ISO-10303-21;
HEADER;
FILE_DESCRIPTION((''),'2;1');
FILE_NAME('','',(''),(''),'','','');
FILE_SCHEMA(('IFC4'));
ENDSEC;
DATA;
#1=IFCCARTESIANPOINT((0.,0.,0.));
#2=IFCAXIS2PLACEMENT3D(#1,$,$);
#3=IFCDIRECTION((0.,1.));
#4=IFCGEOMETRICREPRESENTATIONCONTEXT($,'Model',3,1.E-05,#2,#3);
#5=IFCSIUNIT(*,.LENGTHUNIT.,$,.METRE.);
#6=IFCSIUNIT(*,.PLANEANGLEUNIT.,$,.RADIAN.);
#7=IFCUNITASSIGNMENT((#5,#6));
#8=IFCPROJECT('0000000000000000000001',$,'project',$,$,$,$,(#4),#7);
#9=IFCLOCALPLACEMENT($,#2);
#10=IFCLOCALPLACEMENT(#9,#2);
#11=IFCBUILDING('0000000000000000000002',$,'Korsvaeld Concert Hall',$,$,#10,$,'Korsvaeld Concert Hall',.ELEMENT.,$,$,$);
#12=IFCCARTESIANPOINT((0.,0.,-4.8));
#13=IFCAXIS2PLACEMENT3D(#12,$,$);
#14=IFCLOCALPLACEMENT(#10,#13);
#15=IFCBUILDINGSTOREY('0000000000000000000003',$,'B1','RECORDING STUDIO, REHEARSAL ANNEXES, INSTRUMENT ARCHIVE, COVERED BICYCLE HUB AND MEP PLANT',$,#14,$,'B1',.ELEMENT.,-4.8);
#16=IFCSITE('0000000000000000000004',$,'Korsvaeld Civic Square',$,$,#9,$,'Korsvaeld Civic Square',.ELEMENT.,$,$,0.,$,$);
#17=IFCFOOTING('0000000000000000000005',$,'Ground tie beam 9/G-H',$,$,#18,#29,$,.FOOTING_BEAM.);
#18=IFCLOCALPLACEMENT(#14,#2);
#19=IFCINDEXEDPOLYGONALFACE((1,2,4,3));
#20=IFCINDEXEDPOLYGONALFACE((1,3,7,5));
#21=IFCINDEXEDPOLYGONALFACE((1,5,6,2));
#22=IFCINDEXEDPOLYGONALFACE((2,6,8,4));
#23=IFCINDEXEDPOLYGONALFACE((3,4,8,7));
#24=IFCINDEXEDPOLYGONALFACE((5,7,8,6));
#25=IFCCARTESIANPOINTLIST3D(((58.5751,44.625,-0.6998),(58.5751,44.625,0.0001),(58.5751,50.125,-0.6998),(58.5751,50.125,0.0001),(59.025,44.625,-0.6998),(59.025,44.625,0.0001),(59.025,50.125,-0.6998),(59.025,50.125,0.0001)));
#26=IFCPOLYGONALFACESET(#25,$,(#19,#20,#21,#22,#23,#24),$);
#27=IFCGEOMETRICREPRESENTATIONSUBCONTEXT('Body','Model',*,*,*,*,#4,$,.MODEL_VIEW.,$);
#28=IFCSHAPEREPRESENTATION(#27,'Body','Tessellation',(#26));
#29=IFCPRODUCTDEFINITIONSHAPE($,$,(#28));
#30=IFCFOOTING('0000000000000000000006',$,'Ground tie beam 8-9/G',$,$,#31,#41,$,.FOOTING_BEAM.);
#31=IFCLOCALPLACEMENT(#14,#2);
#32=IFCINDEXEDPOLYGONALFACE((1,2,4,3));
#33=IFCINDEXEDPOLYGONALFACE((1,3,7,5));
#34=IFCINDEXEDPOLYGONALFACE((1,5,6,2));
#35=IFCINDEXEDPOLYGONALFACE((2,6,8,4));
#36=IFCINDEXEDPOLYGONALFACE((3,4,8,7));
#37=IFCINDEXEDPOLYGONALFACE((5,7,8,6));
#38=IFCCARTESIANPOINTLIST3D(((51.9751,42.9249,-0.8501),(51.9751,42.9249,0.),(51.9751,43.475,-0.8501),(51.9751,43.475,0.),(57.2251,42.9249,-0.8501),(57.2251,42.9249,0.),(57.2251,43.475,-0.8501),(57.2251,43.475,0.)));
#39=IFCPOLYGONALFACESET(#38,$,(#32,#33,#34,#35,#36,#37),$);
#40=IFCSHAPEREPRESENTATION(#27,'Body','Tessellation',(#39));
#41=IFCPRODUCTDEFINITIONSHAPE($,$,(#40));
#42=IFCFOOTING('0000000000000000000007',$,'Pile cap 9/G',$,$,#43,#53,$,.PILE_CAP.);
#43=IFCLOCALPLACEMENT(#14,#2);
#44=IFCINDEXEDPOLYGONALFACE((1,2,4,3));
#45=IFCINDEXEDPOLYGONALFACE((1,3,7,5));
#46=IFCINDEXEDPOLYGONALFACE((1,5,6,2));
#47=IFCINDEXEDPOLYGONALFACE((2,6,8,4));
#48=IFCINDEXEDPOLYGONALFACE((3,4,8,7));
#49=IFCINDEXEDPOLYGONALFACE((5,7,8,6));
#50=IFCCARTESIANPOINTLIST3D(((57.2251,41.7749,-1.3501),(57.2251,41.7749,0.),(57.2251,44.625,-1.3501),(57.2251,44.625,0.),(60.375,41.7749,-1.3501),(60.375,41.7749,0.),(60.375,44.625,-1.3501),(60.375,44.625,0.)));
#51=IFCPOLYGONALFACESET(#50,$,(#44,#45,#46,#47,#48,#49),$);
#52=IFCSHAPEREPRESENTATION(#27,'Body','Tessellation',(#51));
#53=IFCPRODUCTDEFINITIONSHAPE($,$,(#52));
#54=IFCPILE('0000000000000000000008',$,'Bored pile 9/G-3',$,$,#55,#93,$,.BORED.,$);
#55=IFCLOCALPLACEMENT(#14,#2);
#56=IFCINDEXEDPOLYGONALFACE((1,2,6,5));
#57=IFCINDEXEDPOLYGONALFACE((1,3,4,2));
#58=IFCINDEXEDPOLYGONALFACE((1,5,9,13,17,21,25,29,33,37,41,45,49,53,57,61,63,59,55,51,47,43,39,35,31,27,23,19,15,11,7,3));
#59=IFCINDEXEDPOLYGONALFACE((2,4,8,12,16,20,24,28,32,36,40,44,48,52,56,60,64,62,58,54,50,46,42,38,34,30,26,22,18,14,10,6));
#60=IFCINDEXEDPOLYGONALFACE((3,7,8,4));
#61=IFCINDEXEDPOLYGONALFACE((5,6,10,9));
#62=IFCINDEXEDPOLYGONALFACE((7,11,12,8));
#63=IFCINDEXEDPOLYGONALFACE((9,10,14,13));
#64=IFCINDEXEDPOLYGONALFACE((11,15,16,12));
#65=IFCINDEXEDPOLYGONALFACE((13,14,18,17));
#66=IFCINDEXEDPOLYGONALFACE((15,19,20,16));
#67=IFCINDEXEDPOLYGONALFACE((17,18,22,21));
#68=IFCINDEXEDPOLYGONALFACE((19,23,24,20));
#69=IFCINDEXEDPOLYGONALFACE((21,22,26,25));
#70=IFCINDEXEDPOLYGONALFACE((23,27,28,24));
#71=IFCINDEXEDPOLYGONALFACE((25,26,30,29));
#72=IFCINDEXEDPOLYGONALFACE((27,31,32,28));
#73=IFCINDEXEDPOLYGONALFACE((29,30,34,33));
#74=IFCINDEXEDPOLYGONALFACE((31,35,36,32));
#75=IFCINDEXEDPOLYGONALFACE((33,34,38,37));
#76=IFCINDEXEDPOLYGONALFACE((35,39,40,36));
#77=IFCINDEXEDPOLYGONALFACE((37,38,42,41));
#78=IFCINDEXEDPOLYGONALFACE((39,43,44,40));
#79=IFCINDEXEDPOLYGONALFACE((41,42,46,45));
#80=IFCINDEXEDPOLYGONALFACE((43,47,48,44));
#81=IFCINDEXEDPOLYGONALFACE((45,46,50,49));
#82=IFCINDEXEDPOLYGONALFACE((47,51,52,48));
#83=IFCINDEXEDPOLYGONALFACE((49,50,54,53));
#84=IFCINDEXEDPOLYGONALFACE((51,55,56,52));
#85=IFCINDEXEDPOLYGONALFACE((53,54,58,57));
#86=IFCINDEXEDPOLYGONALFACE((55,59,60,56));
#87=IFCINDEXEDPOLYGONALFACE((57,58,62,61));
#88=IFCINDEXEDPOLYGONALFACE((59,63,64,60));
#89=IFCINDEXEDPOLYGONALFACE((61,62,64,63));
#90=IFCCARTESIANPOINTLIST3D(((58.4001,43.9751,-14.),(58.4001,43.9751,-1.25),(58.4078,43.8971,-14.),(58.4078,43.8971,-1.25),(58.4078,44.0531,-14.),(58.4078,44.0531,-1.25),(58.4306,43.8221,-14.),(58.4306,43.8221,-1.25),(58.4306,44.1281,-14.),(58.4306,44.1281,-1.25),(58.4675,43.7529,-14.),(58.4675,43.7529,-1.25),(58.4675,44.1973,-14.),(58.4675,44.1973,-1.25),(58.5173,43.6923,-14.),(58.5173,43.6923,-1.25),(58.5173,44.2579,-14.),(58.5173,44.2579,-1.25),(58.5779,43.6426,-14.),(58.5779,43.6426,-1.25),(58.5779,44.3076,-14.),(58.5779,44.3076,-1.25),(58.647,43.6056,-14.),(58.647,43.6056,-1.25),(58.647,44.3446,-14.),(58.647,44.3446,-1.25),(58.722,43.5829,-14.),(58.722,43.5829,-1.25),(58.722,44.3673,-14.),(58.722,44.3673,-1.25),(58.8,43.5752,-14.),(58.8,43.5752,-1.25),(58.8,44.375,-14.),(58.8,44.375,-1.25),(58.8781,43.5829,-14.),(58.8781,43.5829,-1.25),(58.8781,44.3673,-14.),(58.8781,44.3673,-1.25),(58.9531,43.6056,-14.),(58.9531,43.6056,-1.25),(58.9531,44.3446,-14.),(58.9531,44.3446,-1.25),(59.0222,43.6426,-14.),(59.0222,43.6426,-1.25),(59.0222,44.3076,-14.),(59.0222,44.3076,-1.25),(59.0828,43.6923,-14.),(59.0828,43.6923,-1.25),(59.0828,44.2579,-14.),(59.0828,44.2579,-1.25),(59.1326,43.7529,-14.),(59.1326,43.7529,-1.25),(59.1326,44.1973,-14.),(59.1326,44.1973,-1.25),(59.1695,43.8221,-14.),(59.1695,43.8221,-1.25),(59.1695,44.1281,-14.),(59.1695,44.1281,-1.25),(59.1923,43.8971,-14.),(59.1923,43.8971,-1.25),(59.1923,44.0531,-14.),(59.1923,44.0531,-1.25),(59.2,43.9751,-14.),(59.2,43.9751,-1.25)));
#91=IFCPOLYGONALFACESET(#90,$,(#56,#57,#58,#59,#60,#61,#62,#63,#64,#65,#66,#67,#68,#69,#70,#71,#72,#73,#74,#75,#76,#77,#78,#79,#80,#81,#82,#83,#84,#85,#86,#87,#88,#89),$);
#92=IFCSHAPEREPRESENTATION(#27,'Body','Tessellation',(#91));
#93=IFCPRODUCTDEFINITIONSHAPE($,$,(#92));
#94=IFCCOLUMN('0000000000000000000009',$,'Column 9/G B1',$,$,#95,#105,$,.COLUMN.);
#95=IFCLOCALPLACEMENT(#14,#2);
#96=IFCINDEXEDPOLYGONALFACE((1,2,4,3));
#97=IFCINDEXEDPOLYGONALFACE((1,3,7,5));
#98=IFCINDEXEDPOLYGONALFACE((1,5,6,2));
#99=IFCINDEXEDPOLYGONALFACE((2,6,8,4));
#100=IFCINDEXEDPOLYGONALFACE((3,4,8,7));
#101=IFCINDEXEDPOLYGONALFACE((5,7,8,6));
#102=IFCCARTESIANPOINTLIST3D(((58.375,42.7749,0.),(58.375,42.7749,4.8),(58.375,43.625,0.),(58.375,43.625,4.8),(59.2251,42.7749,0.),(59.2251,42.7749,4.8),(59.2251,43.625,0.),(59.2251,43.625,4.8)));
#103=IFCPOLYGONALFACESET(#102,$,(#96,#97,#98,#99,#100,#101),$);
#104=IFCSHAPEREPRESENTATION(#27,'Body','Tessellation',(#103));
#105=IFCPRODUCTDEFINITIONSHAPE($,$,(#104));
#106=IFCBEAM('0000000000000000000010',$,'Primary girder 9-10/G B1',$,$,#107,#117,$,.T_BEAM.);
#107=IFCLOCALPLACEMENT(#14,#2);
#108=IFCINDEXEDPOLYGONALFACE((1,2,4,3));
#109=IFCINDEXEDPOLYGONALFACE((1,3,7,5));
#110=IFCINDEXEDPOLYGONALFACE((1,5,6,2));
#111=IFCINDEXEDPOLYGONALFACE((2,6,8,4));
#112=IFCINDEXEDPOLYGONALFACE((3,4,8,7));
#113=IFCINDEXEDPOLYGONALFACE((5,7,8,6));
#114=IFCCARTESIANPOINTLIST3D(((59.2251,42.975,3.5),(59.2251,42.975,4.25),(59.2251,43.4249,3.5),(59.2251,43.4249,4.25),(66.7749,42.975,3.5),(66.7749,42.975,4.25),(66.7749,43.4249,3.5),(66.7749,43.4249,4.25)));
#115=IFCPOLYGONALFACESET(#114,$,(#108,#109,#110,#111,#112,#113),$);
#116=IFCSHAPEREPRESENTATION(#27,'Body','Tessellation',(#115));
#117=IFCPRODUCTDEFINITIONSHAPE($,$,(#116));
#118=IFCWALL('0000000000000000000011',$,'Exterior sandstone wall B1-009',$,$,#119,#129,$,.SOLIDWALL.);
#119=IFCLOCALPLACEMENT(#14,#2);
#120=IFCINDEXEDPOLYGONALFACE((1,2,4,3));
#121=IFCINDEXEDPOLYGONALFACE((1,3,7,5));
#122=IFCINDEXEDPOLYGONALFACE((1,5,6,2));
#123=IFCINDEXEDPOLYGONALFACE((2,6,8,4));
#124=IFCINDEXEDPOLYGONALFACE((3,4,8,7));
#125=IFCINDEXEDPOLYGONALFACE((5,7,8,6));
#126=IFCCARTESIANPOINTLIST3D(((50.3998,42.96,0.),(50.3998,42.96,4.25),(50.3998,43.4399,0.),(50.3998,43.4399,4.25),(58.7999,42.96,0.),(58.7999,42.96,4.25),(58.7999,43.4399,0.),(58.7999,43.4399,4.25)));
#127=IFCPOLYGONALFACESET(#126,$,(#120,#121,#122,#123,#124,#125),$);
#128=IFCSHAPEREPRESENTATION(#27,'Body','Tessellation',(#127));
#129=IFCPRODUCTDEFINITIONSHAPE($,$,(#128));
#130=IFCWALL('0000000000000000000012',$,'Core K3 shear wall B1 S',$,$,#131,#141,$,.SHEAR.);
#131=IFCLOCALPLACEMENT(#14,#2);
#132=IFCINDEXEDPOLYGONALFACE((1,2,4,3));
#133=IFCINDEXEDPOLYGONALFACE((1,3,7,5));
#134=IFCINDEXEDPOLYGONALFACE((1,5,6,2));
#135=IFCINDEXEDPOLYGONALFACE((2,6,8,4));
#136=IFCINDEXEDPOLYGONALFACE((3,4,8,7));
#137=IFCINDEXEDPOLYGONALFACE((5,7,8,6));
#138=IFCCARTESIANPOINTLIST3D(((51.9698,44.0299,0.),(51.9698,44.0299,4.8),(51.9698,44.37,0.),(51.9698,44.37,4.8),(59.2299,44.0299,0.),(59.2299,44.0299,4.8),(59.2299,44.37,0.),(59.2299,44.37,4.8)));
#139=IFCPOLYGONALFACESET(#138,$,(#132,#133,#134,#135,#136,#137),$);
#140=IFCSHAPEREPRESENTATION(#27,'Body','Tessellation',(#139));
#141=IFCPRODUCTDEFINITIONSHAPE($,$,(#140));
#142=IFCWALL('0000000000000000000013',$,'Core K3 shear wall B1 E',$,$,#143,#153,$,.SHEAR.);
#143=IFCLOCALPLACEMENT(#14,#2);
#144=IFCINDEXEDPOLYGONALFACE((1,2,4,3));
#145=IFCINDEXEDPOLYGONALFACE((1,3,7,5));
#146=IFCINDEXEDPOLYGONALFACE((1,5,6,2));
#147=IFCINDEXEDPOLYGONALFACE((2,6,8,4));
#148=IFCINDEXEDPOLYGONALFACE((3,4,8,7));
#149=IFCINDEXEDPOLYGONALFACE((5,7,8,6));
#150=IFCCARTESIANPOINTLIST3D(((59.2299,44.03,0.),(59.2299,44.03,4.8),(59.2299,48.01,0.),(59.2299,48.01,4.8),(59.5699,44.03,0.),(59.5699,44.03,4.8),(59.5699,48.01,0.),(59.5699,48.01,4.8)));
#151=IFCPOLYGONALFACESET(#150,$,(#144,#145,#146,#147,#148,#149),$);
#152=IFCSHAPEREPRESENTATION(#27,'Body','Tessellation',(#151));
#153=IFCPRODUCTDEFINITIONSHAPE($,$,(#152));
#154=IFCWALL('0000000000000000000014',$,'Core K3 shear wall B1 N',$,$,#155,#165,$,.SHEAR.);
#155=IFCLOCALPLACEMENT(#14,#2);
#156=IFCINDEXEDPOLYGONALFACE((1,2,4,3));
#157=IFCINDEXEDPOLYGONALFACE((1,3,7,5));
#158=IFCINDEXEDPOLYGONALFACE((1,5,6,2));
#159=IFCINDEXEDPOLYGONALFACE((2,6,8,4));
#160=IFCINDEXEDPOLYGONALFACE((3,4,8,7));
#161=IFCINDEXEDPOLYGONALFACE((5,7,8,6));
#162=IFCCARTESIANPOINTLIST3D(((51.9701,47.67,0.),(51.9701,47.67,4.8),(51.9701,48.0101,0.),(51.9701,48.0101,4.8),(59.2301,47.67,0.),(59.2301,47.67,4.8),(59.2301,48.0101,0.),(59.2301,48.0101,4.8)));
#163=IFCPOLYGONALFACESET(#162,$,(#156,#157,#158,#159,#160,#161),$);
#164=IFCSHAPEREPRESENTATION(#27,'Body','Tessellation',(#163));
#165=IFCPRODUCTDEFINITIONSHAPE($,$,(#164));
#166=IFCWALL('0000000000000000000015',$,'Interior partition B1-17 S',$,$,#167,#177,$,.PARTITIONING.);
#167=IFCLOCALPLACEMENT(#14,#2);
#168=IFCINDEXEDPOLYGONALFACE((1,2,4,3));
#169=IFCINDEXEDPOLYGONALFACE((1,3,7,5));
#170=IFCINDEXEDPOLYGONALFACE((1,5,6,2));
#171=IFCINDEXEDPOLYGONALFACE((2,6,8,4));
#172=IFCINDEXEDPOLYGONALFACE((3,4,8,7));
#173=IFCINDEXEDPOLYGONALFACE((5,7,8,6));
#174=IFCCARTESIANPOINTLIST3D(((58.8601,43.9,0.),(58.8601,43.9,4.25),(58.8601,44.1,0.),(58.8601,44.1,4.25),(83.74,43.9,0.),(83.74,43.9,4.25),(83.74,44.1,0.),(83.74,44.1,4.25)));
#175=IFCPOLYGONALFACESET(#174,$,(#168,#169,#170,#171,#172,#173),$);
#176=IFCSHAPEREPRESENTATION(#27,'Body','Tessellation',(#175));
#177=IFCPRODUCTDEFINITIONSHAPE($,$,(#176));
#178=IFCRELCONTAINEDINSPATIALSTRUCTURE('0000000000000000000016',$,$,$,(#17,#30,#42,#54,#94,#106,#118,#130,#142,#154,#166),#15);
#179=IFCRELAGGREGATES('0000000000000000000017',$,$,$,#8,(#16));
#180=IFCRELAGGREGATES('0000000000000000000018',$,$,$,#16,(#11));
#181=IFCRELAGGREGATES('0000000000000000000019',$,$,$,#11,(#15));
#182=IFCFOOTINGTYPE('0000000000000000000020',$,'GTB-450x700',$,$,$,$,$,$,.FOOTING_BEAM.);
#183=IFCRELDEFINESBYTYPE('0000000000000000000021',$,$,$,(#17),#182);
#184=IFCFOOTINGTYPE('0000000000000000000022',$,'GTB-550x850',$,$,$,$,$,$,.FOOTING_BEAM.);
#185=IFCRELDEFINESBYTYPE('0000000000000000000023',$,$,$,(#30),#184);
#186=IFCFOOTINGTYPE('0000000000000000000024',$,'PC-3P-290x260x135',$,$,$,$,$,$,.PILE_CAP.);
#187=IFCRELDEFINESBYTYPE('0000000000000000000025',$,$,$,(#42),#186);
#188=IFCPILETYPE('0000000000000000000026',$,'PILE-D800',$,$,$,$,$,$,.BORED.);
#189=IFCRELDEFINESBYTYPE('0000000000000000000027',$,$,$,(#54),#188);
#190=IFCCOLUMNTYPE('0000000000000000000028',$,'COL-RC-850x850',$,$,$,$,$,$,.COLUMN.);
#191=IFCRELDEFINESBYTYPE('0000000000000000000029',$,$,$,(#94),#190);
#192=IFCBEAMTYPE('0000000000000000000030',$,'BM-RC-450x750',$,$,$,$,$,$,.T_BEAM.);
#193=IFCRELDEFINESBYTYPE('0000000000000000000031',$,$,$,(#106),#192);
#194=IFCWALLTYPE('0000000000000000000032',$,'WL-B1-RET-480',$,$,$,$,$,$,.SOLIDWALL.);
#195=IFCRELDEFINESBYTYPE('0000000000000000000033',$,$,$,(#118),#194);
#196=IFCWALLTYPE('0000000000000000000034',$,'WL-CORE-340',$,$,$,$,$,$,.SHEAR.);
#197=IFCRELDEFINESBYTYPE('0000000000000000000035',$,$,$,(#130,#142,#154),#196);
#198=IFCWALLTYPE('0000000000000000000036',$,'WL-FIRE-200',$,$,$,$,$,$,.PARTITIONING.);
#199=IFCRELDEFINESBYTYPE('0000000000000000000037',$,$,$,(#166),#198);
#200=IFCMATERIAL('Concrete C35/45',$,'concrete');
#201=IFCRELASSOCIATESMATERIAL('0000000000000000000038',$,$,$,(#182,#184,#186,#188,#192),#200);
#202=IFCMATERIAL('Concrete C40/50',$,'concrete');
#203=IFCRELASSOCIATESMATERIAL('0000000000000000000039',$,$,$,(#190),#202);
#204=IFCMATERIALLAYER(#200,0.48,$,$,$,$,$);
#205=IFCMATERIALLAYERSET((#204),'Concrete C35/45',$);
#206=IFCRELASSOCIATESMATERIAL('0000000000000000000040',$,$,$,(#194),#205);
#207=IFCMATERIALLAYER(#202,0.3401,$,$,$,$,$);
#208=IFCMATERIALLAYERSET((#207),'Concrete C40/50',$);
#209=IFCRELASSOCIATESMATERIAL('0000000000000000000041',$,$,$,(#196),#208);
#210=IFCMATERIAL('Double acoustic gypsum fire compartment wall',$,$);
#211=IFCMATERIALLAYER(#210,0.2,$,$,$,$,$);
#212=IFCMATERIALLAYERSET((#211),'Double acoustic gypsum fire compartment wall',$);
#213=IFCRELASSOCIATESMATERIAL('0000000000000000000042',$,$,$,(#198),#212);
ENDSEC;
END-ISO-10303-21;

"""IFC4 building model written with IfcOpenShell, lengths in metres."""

from ifc_helpers import new_model, si_unit, direction, frame, frame_2d, origin, origin_2d, place, context, subcontext, project, spatial, rectangle, circle, extrude, material, layer, layer_set, material_profile, profile_set, type_object, element, save


model = new_model("IFC4")

# Units and contexts
model_context = context("Model", 3, precision=1e-05, world=origin(), true_north=direction((0.0, 1.0)))
body_context = subcontext(model_context, "Body", "Model", "MODEL_VIEW")
ifc_project = project(units=[si_unit("LENGTHUNIT", "METRE"), si_unit("PLANEANGLEUNIT", "RADIAN")], contexts=[model_context])

# Site, building, storey
site_placement = place(None, origin())
site = spatial("IfcSite", under=ifc_project, at=site_placement, Name="Korsvaeld Civic Square", LongName="Korsvaeld Civic Square", CompositionType="ELEMENT", RefElevation=0.0)
building_placement = place(site_placement, origin())
building = spatial("IfcBuilding", under=site, at=building_placement, Name="Korsvaeld Concert Hall", LongName="Korsvaeld Concert Hall", CompositionType="ELEMENT")
storey_placement = place(building_placement, frame((0.0, 0.0, -4.8)))
storey = spatial("IfcBuildingStorey", under=building, at=storey_placement, Name="B1", Description="RECORDING STUDIO, REHEARSAL ANNEXES, INSTRUMENT ARCHIVE, COVERED BICYCLE HUB AND MEP PLANT", LongName="B1", CompositionType="ELEMENT", Elevation=-4.8)

# Footings
ifc_material_1 = material(Name="Concrete C35/45", Category="concrete")
ifc_material_profile_1 = material_profile(ifc_material_1, rectangle(XDim=0.45, YDim=0.7, at=origin_2d()), Name="GTB 450x700")
ifc_profile_set_1 = profile_set([ifc_material_profile_1], Name="Concrete C35/45")
footing_type_1 = type_object("IfcFootingType", Name="GTB-450x700", PredefinedType="FOOTING_BEAM", material=ifc_profile_set_1)
footing_1_placement = place(storey_placement, frame((58.8, 44.625, -0.3499), z_axis=(0.0, 1.0, 0.0), x_axis=(-1.0, 0.0, 0.0)))
element("IfcFooting", 1, at=footing_1_placement, inside=storey, type_object=footing_type_1, Name="Ground tie beam 9/G-H", PredefinedType="FOOTING_BEAM", context=body_context, shape_type="SweptSolid", body=[
    extrude(rectangle(XDim=0.45, YDim=0.7, at=origin_2d()), origin(), (0.0, 0.0, 1.0), 5.5),
])
ifc_material_profile_2 = material_profile(ifc_material_1, rectangle(XDim=0.55, YDim=0.8501, at=origin_2d()), Name="GTB 550x850")
ifc_profile_set_2 = profile_set([ifc_material_profile_2], Name="Concrete C35/45")
footing_type_2 = type_object("IfcFootingType", Name="GTB-550x850", PredefinedType="FOOTING_BEAM", material=ifc_profile_set_2)
footing_2_placement = place(storey_placement, frame((51.9751, 43.2, -0.425), z_axis=(1.0, 0.0, 0.0), x_axis=(0.0, 1.0, 0.0)))
element("IfcFooting", 2, at=footing_2_placement, inside=storey, type_object=footing_type_2, Name="Ground tie beam 8-9/G", PredefinedType="FOOTING_BEAM", context=body_context, shape_type="SweptSolid", body=[
    extrude(rectangle(XDim=0.55, YDim=0.8501, at=origin_2d()), origin(), (0.0, 0.0, 1.0), 5.25),
])
footing_type_3 = type_object("IfcFootingType", Name="PC-3P-290x260x135", PredefinedType="PILE_CAP", material=ifc_material_1)
footing_3_placement = place(storey_placement, frame((58.8, 43.2, -1.3501), z_axis=(0.0, 0.0, 1.0), x_axis=(1.0, 0.0, 0.0)))
element("IfcFooting", 3, at=footing_3_placement, inside=storey, type_object=footing_type_3, Name="Pile cap 9/G", PredefinedType="PILE_CAP", context=body_context, shape_type="SweptSolid", body=[
    extrude(rectangle(XDim=3.1499, YDim=2.8501, at=origin_2d()), origin(), (0.0, 0.0, 1.0), 1.3501),
])

# Pile
ifc_material_profile_3 = material_profile(ifc_material_1, circle(Radius=0.3999, at=origin_2d()), Name="BORED PILE D800")
ifc_profile_set_3 = profile_set([ifc_material_profile_3], Name="Concrete C35/45")
pile_type = type_object("IfcPileType", Name="PILE-D800", PredefinedType="BORED", material=ifc_profile_set_3)
pile_placement = place(storey_placement, frame((58.8, 43.9751, -1.25), z_axis=(0.0, 0.0, -1.0), x_axis=(1.0, 0.0, 0.0)))
element("IfcPile", 4, at=pile_placement, inside=storey, type_object=pile_type, Name="Bored pile 9/G-3", PredefinedType="BORED", context=body_context, shape_type="SweptSolid", body=[
    extrude(circle(Radius=0.3999, at=origin_2d()), origin(), (0.0, 0.0, 1.0), 12.75),
])

# Column
ifc_material_2 = material(Name="Concrete C40/50", Category="concrete")
ifc_material_profile_4 = material_profile(ifc_material_2, rectangle(XDim=0.8501, YDim=0.8501, at=origin_2d()), Name="RC 850x850")
ifc_profile_set_4 = profile_set([ifc_material_profile_4], Name="Concrete C40/50")
column_type = type_object("IfcColumnType", Name="COL-RC-850x850", PredefinedType="COLUMN", material=ifc_profile_set_4)
column_placement = place(storey_placement, frame((58.8, 43.2, 0.0), z_axis=(0.0, 0.0, 1.0), x_axis=(1.0, 0.0, 0.0)))
element("IfcColumn", 5, at=column_placement, inside=storey, type_object=column_type, Name="Column 9/G B1", PredefinedType="COLUMN", context=body_context, shape_type="SweptSolid", body=[
    extrude(rectangle(XDim=0.8501, YDim=0.8501, at=origin_2d()), origin(), (0.0, 0.0, 1.0), 4.8),
])

# Beam
ifc_material_profile_5 = material_profile(ifc_material_1, rectangle(XDim=0.45, YDim=0.75, at=origin_2d()), Name="RC 450x750")
ifc_profile_set_5 = profile_set([ifc_material_profile_5], Name="Concrete C35/45")
beam_type = type_object("IfcBeamType", Name="BM-RC-450x750", PredefinedType="T_BEAM", material=ifc_profile_set_5)
beam_placement = place(storey_placement, frame((59.2251, 43.2, 3.875), z_axis=(1.0, 0.0, 0.0), x_axis=(0.0, 1.0, 0.0)))
element("IfcBeam", 6, at=beam_placement, inside=storey, type_object=beam_type, Name="Primary girder 9-10/G B1", PredefinedType="T_BEAM", context=body_context, shape_type="SweptSolid", body=[
    extrude(rectangle(XDim=0.45, YDim=0.75, at=origin_2d()), origin(), (0.0, 0.0, 1.0), 7.5498),
])

# Walls
ifc_layer_1 = layer(ifc_material_1, 0.48)
ifc_layer_set_1 = layer_set([ifc_layer_1], Name="Concrete C35/45")
wall_type_1 = type_object("IfcWallType", Name="WL-B1-RET-480", PredefinedType="SOLIDWALL", material=ifc_layer_set_1)
wall_1_placement = place(storey_placement, frame((58.8, 43.2, 0.0), z_axis=(0.0, 0.0, 1.0), x_axis=(-1.0, 0.0, 0.0)))
element("IfcWall", 7, at=wall_1_placement, inside=storey, type_object=wall_type_1, Name="Exterior sandstone wall B1-009", PredefinedType="SOLIDWALL", context=body_context, shape_type="SweptSolid", body=[
    extrude(rectangle(XDim=8.4001, YDim=0.48, at=frame_2d((4.2002, 0.0))), origin(), (0.0, 0.0, 1.0), 4.25),
])
ifc_layer_2 = layer(ifc_material_2, 0.3401)
ifc_layer_set_2 = layer_set([ifc_layer_2], Name="Concrete C40/50")
wall_type_2 = type_object("IfcWallType", Name="WL-CORE-340", PredefinedType="SHEAR", material=ifc_layer_set_2)
wall_2_placement = place(storey_placement, frame((51.97, 44.2, 0.0), z_axis=(0.0, 0.0, 1.0), x_axis=(1.0, 0.0, 0.0)))
element("IfcWall", 8, at=wall_2_placement, inside=storey, type_object=wall_type_2, Name="Core K3 shear wall B1 S", PredefinedType="SHEAR", context=body_context, shape_type="SweptSolid", body=[
    extrude(rectangle(XDim=7.26, YDim=0.3401, at=frame_2d((3.6299, 0.0))), origin(), (0.0, 0.0, 1.0), 4.8),
])
wall_3_placement = place(storey_placement, frame((59.3999, 44.03, 0.0), z_axis=(0.0, 0.0, 1.0), x_axis=(0.0, 1.0, 0.0)))
element("IfcWall", 9, at=wall_3_placement, inside=storey, type_object=wall_type_2, Name="Core K3 shear wall B1 E", PredefinedType="SHEAR", context=body_context, shape_type="SweptSolid", body=[
    extrude(rectangle(XDim=3.98, YDim=0.3401, at=frame_2d((1.99, 0.0))), origin(), (0.0, 0.0, 1.0), 4.8),
])
wall_4_placement = place(storey_placement, frame((59.23, 47.8401, 0.0), z_axis=(0.0, 0.0, 1.0), x_axis=(-1.0, 0.0, 0.0)))
element("IfcWall", 10, at=wall_4_placement, inside=storey, type_object=wall_type_2, Name="Core K3 shear wall B1 N", PredefinedType="SHEAR", context=body_context, shape_type="SweptSolid", body=[
    extrude(rectangle(XDim=7.26, YDim=0.3401, at=frame_2d((3.6299, 0.0))), origin(), (0.0, 0.0, 1.0), 4.8),
])

# Wall
ifc_material_3 = material(Name="Double acoustic gypsum fire compartment wall")
ifc_layer_3 = layer(ifc_material_3, 0.2)
ifc_layer_set_3 = layer_set([ifc_layer_3], Name="Double acoustic gypsum fire compartment wall")
wall_type_3 = type_object("IfcWallType", Name="WL-FIRE-200", PredefinedType="PARTITIONING", material=ifc_layer_set_3)
wall_5_placement = place(storey_placement, frame((58.8601, 44.0, 0.0), z_axis=(0.0, 0.0, 1.0), x_axis=(1.0, 0.0, 0.0)))
element("IfcWall", 11, at=wall_5_placement, inside=storey, type_object=wall_type_3, Name="Interior partition B1-17 S", PredefinedType="PARTITIONING", context=body_context, shape_type="SweptSolid", body=[
    extrude(rectangle(XDim=24.8799, YDim=0.2, at=frame_2d((12.4399, 0.0))), origin(), (0.0, 0.0, 1.0), 4.25),
])

save(model, "model.ifc")
